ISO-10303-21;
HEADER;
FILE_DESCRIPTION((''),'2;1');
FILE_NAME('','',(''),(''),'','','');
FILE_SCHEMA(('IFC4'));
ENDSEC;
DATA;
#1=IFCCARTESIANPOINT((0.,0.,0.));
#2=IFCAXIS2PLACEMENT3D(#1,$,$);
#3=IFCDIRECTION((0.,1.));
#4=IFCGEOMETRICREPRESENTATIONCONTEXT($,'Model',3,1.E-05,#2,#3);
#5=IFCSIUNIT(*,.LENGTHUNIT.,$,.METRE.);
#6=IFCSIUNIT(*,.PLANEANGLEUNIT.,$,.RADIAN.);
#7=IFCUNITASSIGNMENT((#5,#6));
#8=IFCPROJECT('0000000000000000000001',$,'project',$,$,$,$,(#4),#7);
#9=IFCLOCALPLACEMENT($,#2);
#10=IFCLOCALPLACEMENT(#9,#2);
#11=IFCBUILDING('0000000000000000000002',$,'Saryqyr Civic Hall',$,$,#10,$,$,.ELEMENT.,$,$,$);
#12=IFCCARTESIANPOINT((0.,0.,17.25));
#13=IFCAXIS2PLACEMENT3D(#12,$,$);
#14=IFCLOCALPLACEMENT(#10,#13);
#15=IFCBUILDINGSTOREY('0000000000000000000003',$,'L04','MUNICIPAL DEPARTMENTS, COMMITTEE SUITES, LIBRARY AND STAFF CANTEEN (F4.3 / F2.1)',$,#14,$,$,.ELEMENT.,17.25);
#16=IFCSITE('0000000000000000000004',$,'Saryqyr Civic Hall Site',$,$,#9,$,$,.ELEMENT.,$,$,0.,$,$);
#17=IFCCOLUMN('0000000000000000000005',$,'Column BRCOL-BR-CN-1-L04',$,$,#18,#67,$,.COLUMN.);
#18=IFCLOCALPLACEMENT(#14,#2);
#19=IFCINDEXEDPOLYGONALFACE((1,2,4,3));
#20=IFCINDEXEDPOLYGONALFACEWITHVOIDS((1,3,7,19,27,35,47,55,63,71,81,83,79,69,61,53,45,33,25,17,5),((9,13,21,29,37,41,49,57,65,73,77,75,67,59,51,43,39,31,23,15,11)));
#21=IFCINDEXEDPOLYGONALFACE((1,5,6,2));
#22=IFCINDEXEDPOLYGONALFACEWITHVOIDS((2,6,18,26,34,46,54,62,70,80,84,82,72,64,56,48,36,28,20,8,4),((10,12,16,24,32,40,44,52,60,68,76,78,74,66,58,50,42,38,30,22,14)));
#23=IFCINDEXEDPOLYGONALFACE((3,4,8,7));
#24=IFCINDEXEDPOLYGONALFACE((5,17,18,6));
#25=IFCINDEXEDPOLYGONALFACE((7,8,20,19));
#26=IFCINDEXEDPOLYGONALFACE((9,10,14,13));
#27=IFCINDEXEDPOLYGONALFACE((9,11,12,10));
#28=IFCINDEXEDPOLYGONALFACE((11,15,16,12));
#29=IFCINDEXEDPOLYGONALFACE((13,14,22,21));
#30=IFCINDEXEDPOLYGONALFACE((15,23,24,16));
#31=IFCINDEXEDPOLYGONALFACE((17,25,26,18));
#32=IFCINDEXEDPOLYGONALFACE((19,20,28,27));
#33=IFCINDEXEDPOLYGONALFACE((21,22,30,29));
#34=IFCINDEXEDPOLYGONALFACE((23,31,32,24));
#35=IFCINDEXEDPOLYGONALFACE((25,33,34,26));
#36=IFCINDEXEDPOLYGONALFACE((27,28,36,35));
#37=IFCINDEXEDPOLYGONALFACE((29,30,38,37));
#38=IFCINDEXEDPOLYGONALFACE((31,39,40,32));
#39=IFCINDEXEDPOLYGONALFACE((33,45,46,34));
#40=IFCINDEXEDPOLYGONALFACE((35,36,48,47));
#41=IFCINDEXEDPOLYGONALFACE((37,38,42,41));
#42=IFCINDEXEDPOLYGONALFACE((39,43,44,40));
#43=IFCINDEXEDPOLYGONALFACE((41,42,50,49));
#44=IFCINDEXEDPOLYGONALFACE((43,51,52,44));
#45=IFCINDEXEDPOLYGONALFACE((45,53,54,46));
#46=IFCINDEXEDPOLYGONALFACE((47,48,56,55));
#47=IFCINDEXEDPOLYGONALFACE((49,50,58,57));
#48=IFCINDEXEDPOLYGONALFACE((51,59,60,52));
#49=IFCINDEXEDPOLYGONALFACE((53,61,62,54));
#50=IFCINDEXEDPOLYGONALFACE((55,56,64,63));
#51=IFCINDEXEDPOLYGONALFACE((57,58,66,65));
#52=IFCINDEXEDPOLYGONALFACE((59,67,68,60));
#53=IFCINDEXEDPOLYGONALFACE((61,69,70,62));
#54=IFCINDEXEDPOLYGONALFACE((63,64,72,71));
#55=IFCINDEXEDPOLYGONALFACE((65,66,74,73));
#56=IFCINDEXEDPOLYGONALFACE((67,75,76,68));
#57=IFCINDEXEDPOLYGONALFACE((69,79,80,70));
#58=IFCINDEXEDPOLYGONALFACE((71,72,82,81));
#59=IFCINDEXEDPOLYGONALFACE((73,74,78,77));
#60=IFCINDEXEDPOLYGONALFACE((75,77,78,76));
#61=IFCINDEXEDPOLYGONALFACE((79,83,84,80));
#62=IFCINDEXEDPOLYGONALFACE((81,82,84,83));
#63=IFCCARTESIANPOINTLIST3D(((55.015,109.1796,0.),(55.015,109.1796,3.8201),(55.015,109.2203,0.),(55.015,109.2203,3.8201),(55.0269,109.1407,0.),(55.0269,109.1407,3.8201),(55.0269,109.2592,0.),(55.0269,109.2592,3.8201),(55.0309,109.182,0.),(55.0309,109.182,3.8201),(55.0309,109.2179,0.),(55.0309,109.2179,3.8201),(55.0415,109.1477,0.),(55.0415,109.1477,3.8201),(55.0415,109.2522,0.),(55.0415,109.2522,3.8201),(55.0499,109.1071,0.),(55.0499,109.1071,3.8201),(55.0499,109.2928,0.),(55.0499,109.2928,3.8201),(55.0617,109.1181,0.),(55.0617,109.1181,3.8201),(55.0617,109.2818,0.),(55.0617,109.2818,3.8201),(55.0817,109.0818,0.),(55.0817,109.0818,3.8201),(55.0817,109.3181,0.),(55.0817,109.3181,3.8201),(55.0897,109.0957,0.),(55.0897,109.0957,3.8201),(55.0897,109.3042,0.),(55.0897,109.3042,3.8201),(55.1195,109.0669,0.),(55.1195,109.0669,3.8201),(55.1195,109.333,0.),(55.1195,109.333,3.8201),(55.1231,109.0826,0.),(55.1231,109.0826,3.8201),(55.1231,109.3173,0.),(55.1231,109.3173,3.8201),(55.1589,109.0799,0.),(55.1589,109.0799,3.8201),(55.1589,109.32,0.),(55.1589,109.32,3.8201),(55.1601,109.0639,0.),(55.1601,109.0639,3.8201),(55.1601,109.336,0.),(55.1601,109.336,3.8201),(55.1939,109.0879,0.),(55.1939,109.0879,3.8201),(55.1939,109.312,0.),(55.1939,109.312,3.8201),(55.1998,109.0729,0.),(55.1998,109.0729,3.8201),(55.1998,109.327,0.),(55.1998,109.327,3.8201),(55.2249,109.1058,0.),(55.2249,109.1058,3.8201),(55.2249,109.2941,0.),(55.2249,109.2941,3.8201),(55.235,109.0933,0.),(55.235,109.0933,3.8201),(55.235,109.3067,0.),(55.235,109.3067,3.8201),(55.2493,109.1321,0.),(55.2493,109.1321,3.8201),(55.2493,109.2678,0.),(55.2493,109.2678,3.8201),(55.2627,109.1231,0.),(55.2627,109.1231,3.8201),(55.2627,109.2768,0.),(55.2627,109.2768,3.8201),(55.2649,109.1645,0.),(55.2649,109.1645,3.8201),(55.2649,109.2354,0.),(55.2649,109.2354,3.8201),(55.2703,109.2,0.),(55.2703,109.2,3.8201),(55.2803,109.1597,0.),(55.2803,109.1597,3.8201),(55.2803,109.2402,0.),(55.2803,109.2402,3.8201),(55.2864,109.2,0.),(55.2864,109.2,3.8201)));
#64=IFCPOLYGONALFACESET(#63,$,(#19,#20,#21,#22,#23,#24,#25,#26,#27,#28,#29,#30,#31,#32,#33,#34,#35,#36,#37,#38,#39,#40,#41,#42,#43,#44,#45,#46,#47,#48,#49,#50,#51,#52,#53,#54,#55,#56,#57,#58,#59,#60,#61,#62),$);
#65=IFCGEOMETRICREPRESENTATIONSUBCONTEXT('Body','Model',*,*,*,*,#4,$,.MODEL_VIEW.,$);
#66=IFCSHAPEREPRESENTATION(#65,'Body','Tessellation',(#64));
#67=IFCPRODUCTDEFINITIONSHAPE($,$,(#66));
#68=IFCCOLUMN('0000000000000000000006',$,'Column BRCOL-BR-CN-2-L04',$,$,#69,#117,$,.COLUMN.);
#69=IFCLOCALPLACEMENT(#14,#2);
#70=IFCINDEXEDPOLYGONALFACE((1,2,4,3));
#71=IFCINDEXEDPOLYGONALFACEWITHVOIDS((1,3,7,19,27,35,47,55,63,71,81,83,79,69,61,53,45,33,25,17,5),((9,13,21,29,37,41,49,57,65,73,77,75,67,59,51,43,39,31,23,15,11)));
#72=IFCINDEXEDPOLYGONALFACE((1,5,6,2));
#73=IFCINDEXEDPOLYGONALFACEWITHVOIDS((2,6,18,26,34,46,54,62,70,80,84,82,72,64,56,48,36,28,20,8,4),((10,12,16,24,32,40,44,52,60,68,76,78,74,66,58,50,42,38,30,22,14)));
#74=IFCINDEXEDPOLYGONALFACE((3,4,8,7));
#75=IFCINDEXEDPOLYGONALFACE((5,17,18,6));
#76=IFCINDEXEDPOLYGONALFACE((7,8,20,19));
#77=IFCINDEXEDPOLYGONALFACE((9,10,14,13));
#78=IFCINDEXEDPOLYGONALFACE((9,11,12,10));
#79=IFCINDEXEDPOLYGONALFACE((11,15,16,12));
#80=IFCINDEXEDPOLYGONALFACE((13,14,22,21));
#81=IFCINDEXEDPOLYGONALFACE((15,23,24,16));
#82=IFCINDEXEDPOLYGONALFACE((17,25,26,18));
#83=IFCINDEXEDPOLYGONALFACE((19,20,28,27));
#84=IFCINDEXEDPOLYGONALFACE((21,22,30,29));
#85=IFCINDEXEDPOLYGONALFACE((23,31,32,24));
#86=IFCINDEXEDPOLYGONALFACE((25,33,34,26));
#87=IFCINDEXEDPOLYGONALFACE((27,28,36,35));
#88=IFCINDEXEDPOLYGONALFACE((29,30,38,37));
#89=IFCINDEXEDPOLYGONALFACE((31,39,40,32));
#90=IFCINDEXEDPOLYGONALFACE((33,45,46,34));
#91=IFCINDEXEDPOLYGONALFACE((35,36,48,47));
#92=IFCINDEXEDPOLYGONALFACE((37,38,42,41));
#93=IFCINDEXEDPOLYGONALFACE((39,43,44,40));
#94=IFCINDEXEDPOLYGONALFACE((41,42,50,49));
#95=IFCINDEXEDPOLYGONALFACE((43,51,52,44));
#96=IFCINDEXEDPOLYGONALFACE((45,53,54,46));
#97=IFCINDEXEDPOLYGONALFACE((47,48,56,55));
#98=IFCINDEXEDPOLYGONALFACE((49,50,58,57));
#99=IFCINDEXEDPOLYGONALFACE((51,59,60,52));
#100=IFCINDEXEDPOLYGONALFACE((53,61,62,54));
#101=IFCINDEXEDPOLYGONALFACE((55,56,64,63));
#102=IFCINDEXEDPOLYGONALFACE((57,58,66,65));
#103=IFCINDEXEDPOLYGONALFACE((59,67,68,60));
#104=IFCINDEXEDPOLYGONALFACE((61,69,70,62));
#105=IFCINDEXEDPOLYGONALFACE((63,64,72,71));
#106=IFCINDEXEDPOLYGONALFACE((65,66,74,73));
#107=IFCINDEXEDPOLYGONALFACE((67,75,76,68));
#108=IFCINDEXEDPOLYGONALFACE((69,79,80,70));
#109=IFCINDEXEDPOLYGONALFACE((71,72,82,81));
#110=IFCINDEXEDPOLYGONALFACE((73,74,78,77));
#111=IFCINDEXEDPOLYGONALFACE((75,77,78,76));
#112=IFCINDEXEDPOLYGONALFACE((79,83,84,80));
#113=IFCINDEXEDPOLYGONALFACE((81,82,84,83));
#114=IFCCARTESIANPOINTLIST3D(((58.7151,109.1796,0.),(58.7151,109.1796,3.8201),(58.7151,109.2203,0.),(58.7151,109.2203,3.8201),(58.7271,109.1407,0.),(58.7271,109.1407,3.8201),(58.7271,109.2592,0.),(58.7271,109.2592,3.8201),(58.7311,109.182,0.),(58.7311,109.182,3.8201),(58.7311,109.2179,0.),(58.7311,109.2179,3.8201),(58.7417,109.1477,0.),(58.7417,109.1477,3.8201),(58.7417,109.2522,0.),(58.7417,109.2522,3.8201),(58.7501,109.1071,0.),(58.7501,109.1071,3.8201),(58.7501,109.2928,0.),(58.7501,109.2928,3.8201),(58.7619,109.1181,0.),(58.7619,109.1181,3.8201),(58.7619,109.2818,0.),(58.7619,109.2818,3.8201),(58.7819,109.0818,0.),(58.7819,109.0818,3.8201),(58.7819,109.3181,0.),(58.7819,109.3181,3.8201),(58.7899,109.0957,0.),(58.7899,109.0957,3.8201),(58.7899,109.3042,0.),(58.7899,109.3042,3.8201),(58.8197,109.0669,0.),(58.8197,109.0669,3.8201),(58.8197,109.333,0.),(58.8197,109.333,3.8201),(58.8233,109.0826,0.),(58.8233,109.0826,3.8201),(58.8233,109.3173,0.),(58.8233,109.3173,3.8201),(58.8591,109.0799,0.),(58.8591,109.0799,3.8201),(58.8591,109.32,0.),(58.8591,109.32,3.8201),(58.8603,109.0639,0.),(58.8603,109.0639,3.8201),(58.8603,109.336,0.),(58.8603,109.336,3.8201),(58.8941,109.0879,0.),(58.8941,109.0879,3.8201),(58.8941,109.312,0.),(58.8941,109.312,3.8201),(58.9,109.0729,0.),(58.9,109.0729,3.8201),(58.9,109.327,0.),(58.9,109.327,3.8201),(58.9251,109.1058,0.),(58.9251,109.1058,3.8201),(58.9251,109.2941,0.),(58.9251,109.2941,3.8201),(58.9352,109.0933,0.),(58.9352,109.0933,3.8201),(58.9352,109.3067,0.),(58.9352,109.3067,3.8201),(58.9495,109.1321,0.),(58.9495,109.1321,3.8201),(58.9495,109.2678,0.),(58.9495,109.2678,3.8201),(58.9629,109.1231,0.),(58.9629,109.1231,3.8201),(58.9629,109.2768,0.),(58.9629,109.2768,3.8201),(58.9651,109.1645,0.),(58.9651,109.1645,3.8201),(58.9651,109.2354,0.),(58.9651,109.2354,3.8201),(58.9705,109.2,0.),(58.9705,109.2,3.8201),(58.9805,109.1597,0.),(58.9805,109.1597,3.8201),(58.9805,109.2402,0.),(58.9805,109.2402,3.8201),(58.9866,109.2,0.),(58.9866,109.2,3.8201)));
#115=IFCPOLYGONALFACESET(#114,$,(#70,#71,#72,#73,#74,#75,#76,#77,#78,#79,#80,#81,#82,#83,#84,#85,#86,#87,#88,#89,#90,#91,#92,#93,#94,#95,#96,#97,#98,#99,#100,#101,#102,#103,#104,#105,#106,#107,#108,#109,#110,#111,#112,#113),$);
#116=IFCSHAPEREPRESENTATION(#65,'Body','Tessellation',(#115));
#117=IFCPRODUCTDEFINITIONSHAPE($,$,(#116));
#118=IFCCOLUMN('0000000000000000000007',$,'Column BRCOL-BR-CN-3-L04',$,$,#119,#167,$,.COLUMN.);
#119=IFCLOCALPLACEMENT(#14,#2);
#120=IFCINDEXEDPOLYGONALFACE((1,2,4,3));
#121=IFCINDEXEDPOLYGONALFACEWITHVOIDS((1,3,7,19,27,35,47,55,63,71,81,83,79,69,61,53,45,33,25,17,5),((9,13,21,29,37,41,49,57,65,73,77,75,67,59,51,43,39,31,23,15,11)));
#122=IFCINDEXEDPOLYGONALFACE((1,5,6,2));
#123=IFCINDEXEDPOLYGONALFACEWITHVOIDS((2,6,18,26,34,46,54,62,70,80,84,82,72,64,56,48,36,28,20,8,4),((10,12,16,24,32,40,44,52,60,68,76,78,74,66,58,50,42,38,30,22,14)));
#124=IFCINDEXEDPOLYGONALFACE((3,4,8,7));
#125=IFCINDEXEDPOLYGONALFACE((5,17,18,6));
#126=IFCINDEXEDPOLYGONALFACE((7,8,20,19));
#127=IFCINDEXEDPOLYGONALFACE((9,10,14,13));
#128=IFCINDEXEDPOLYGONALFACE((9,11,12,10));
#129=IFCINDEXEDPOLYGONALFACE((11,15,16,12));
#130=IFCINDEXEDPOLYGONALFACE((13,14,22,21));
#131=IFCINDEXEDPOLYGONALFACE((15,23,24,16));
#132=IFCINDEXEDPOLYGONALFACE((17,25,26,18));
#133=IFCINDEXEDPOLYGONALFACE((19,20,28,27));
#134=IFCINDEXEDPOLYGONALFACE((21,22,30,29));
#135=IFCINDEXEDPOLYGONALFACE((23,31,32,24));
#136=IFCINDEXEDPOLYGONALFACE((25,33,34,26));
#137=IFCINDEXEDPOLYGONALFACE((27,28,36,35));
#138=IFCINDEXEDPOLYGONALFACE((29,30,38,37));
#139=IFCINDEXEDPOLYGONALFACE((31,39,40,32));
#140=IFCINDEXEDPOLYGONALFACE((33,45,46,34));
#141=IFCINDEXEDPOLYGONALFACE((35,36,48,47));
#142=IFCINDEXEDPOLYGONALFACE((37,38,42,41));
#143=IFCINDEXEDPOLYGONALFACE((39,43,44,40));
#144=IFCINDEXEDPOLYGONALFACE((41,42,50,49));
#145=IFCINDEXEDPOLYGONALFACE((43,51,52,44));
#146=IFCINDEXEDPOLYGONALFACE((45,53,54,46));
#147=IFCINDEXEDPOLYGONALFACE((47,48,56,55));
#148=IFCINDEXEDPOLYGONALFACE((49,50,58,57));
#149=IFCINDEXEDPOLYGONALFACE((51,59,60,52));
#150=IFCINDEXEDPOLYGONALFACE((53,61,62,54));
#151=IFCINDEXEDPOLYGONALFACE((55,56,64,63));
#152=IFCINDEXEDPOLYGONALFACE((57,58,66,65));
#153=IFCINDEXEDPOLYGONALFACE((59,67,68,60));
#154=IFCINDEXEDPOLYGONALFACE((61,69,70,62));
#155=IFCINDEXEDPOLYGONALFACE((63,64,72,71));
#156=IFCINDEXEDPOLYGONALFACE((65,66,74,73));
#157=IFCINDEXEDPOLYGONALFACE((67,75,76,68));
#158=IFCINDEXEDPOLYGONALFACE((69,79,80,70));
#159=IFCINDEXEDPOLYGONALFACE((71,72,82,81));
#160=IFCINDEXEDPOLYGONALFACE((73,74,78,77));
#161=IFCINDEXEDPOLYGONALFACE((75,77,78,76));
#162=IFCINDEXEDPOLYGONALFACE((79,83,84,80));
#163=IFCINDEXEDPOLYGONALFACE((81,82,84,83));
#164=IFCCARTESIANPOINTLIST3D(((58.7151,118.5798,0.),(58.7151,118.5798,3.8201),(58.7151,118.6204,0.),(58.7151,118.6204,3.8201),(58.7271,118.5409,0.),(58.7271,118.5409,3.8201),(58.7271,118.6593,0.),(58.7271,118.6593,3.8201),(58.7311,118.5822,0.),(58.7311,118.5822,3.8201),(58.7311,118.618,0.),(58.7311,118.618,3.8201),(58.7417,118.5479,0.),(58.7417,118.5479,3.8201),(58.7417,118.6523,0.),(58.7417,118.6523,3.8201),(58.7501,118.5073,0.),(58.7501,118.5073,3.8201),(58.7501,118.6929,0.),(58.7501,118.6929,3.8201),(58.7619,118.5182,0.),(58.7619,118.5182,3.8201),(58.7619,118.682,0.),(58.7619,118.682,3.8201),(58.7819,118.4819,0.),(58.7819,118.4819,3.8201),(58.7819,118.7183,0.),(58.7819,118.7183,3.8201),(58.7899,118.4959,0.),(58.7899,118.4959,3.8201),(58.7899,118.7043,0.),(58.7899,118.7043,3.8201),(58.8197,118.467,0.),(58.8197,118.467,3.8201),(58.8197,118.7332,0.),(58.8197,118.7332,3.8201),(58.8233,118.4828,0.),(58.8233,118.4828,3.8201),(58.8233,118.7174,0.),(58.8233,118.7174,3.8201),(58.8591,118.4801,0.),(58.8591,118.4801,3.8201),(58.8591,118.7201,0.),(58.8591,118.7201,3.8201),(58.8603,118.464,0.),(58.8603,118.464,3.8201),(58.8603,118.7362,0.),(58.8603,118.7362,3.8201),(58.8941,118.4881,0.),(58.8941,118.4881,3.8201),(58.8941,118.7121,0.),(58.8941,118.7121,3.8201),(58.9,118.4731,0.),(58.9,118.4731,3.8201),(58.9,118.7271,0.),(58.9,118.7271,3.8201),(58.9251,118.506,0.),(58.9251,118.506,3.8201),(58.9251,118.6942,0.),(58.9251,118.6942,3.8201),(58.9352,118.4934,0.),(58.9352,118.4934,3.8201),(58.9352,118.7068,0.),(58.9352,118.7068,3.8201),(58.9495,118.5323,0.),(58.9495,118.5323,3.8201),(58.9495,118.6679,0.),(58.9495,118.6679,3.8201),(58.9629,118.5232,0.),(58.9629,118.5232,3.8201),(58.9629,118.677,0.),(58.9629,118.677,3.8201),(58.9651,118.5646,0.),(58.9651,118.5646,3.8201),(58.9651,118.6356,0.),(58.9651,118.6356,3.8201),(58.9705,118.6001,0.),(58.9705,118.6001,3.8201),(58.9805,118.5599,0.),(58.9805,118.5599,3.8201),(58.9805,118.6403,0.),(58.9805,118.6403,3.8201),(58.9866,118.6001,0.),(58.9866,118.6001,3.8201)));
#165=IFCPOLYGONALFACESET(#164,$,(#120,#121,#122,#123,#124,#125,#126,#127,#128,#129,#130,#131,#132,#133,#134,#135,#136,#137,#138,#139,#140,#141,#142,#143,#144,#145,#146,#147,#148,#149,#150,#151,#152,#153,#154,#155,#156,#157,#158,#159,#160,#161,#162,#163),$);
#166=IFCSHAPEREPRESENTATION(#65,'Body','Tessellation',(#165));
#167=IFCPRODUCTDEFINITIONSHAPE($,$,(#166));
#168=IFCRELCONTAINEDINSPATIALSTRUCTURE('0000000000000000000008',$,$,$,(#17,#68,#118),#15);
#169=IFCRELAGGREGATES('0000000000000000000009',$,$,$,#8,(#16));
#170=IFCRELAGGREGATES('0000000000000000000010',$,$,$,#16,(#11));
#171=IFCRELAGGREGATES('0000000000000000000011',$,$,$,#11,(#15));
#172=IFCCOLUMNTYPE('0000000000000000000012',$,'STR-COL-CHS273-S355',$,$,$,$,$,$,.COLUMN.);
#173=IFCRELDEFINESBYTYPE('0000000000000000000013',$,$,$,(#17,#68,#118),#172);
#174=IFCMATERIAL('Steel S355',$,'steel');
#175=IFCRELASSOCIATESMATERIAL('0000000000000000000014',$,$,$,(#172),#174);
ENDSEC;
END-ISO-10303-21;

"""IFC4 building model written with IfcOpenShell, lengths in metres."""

from ifc_helpers import new_model, si_unit, direction, frame, origin, origin_2d, place, context, subcontext, project, spatial, hollow_circle, extrude, material, material_profile, profile_set, type_object, element, save


model = new_model("IFC4")

# Units and contexts
model_context = context("Model", 3, precision=1e-05, world=origin(), true_north=direction((0.0, 1.0)))
body_context = subcontext(model_context, "Body", "Model", "MODEL_VIEW")
ifc_project = project(units=[si_unit("LENGTHUNIT", "METRE"), si_unit("PLANEANGLEUNIT", "RADIAN")], contexts=[model_context])

# Site, building, storey
site_placement = place(None, origin())
site = spatial("IfcSite", under=ifc_project, at=site_placement, Name="Saryqyr Civic Hall Site", CompositionType="ELEMENT", RefElevation=0.0)
building_placement = place(site_placement, origin())
building = spatial("IfcBuilding", under=site, at=building_placement, Name="Saryqyr Civic Hall", CompositionType="ELEMENT")
storey_placement = place(building_placement, frame((0.0, 0.0, 17.25)))
storey = spatial("IfcBuildingStorey", under=building, at=storey_placement, Name="L04", Description="MUNICIPAL DEPARTMENTS, COMMITTEE SUITES, LIBRARY AND STAFF CANTEEN (F4.3 / F2.1)", CompositionType="ELEMENT", Elevation=17.25)

# Columns
ifc_material_1 = material(Name="Steel S355", Category="steel")
ifc_material_profile_1 = material_profile(ifc_material_1, hollow_circle(Radius=0.1365, WallThickness=0.0161, at=origin_2d()), Name="CHS 273x16")
ifc_profile_set_1 = profile_set([ifc_material_profile_1], Name="Steel S355")
column_type = type_object("IfcColumnType", Name="STR-COL-CHS273-S355", PredefinedType="COLUMN", material=ifc_profile_set_1)
for number, where, z_axis, x_axis, name in (
    (1, (55.1499, 109.2, 0.0), (0.0, 0.0, 1.0), (1.0, 0.0, 0.0), "Column BRCOL-BR-CN-1-L04"),
    (2, (58.8501, 109.2, 0.0), (0.0, 0.0, 1.0), (1.0, 0.0, 0.0), "Column BRCOL-BR-CN-2-L04"),
    (3, (58.8501, 118.6001, 0.0), (0.0, 0.0, 1.0), (1.0, 0.0, 0.0), "Column BRCOL-BR-CN-3-L04"),
):
    element("IfcColumn", number, at=place(storey_placement, frame(where, z_axis=z_axis, x_axis=x_axis)), inside=storey, type_object=column_type, Name=name, PredefinedType="COLUMN", context=body_context, shape_type="SweptSolid", body=[
        extrude(hollow_circle(Radius=0.1365, WallThickness=0.0161, at=origin_2d()), origin(), (0.0, 0.0, 1.0), 3.8201),
    ])

save(model, "model.ifc")
